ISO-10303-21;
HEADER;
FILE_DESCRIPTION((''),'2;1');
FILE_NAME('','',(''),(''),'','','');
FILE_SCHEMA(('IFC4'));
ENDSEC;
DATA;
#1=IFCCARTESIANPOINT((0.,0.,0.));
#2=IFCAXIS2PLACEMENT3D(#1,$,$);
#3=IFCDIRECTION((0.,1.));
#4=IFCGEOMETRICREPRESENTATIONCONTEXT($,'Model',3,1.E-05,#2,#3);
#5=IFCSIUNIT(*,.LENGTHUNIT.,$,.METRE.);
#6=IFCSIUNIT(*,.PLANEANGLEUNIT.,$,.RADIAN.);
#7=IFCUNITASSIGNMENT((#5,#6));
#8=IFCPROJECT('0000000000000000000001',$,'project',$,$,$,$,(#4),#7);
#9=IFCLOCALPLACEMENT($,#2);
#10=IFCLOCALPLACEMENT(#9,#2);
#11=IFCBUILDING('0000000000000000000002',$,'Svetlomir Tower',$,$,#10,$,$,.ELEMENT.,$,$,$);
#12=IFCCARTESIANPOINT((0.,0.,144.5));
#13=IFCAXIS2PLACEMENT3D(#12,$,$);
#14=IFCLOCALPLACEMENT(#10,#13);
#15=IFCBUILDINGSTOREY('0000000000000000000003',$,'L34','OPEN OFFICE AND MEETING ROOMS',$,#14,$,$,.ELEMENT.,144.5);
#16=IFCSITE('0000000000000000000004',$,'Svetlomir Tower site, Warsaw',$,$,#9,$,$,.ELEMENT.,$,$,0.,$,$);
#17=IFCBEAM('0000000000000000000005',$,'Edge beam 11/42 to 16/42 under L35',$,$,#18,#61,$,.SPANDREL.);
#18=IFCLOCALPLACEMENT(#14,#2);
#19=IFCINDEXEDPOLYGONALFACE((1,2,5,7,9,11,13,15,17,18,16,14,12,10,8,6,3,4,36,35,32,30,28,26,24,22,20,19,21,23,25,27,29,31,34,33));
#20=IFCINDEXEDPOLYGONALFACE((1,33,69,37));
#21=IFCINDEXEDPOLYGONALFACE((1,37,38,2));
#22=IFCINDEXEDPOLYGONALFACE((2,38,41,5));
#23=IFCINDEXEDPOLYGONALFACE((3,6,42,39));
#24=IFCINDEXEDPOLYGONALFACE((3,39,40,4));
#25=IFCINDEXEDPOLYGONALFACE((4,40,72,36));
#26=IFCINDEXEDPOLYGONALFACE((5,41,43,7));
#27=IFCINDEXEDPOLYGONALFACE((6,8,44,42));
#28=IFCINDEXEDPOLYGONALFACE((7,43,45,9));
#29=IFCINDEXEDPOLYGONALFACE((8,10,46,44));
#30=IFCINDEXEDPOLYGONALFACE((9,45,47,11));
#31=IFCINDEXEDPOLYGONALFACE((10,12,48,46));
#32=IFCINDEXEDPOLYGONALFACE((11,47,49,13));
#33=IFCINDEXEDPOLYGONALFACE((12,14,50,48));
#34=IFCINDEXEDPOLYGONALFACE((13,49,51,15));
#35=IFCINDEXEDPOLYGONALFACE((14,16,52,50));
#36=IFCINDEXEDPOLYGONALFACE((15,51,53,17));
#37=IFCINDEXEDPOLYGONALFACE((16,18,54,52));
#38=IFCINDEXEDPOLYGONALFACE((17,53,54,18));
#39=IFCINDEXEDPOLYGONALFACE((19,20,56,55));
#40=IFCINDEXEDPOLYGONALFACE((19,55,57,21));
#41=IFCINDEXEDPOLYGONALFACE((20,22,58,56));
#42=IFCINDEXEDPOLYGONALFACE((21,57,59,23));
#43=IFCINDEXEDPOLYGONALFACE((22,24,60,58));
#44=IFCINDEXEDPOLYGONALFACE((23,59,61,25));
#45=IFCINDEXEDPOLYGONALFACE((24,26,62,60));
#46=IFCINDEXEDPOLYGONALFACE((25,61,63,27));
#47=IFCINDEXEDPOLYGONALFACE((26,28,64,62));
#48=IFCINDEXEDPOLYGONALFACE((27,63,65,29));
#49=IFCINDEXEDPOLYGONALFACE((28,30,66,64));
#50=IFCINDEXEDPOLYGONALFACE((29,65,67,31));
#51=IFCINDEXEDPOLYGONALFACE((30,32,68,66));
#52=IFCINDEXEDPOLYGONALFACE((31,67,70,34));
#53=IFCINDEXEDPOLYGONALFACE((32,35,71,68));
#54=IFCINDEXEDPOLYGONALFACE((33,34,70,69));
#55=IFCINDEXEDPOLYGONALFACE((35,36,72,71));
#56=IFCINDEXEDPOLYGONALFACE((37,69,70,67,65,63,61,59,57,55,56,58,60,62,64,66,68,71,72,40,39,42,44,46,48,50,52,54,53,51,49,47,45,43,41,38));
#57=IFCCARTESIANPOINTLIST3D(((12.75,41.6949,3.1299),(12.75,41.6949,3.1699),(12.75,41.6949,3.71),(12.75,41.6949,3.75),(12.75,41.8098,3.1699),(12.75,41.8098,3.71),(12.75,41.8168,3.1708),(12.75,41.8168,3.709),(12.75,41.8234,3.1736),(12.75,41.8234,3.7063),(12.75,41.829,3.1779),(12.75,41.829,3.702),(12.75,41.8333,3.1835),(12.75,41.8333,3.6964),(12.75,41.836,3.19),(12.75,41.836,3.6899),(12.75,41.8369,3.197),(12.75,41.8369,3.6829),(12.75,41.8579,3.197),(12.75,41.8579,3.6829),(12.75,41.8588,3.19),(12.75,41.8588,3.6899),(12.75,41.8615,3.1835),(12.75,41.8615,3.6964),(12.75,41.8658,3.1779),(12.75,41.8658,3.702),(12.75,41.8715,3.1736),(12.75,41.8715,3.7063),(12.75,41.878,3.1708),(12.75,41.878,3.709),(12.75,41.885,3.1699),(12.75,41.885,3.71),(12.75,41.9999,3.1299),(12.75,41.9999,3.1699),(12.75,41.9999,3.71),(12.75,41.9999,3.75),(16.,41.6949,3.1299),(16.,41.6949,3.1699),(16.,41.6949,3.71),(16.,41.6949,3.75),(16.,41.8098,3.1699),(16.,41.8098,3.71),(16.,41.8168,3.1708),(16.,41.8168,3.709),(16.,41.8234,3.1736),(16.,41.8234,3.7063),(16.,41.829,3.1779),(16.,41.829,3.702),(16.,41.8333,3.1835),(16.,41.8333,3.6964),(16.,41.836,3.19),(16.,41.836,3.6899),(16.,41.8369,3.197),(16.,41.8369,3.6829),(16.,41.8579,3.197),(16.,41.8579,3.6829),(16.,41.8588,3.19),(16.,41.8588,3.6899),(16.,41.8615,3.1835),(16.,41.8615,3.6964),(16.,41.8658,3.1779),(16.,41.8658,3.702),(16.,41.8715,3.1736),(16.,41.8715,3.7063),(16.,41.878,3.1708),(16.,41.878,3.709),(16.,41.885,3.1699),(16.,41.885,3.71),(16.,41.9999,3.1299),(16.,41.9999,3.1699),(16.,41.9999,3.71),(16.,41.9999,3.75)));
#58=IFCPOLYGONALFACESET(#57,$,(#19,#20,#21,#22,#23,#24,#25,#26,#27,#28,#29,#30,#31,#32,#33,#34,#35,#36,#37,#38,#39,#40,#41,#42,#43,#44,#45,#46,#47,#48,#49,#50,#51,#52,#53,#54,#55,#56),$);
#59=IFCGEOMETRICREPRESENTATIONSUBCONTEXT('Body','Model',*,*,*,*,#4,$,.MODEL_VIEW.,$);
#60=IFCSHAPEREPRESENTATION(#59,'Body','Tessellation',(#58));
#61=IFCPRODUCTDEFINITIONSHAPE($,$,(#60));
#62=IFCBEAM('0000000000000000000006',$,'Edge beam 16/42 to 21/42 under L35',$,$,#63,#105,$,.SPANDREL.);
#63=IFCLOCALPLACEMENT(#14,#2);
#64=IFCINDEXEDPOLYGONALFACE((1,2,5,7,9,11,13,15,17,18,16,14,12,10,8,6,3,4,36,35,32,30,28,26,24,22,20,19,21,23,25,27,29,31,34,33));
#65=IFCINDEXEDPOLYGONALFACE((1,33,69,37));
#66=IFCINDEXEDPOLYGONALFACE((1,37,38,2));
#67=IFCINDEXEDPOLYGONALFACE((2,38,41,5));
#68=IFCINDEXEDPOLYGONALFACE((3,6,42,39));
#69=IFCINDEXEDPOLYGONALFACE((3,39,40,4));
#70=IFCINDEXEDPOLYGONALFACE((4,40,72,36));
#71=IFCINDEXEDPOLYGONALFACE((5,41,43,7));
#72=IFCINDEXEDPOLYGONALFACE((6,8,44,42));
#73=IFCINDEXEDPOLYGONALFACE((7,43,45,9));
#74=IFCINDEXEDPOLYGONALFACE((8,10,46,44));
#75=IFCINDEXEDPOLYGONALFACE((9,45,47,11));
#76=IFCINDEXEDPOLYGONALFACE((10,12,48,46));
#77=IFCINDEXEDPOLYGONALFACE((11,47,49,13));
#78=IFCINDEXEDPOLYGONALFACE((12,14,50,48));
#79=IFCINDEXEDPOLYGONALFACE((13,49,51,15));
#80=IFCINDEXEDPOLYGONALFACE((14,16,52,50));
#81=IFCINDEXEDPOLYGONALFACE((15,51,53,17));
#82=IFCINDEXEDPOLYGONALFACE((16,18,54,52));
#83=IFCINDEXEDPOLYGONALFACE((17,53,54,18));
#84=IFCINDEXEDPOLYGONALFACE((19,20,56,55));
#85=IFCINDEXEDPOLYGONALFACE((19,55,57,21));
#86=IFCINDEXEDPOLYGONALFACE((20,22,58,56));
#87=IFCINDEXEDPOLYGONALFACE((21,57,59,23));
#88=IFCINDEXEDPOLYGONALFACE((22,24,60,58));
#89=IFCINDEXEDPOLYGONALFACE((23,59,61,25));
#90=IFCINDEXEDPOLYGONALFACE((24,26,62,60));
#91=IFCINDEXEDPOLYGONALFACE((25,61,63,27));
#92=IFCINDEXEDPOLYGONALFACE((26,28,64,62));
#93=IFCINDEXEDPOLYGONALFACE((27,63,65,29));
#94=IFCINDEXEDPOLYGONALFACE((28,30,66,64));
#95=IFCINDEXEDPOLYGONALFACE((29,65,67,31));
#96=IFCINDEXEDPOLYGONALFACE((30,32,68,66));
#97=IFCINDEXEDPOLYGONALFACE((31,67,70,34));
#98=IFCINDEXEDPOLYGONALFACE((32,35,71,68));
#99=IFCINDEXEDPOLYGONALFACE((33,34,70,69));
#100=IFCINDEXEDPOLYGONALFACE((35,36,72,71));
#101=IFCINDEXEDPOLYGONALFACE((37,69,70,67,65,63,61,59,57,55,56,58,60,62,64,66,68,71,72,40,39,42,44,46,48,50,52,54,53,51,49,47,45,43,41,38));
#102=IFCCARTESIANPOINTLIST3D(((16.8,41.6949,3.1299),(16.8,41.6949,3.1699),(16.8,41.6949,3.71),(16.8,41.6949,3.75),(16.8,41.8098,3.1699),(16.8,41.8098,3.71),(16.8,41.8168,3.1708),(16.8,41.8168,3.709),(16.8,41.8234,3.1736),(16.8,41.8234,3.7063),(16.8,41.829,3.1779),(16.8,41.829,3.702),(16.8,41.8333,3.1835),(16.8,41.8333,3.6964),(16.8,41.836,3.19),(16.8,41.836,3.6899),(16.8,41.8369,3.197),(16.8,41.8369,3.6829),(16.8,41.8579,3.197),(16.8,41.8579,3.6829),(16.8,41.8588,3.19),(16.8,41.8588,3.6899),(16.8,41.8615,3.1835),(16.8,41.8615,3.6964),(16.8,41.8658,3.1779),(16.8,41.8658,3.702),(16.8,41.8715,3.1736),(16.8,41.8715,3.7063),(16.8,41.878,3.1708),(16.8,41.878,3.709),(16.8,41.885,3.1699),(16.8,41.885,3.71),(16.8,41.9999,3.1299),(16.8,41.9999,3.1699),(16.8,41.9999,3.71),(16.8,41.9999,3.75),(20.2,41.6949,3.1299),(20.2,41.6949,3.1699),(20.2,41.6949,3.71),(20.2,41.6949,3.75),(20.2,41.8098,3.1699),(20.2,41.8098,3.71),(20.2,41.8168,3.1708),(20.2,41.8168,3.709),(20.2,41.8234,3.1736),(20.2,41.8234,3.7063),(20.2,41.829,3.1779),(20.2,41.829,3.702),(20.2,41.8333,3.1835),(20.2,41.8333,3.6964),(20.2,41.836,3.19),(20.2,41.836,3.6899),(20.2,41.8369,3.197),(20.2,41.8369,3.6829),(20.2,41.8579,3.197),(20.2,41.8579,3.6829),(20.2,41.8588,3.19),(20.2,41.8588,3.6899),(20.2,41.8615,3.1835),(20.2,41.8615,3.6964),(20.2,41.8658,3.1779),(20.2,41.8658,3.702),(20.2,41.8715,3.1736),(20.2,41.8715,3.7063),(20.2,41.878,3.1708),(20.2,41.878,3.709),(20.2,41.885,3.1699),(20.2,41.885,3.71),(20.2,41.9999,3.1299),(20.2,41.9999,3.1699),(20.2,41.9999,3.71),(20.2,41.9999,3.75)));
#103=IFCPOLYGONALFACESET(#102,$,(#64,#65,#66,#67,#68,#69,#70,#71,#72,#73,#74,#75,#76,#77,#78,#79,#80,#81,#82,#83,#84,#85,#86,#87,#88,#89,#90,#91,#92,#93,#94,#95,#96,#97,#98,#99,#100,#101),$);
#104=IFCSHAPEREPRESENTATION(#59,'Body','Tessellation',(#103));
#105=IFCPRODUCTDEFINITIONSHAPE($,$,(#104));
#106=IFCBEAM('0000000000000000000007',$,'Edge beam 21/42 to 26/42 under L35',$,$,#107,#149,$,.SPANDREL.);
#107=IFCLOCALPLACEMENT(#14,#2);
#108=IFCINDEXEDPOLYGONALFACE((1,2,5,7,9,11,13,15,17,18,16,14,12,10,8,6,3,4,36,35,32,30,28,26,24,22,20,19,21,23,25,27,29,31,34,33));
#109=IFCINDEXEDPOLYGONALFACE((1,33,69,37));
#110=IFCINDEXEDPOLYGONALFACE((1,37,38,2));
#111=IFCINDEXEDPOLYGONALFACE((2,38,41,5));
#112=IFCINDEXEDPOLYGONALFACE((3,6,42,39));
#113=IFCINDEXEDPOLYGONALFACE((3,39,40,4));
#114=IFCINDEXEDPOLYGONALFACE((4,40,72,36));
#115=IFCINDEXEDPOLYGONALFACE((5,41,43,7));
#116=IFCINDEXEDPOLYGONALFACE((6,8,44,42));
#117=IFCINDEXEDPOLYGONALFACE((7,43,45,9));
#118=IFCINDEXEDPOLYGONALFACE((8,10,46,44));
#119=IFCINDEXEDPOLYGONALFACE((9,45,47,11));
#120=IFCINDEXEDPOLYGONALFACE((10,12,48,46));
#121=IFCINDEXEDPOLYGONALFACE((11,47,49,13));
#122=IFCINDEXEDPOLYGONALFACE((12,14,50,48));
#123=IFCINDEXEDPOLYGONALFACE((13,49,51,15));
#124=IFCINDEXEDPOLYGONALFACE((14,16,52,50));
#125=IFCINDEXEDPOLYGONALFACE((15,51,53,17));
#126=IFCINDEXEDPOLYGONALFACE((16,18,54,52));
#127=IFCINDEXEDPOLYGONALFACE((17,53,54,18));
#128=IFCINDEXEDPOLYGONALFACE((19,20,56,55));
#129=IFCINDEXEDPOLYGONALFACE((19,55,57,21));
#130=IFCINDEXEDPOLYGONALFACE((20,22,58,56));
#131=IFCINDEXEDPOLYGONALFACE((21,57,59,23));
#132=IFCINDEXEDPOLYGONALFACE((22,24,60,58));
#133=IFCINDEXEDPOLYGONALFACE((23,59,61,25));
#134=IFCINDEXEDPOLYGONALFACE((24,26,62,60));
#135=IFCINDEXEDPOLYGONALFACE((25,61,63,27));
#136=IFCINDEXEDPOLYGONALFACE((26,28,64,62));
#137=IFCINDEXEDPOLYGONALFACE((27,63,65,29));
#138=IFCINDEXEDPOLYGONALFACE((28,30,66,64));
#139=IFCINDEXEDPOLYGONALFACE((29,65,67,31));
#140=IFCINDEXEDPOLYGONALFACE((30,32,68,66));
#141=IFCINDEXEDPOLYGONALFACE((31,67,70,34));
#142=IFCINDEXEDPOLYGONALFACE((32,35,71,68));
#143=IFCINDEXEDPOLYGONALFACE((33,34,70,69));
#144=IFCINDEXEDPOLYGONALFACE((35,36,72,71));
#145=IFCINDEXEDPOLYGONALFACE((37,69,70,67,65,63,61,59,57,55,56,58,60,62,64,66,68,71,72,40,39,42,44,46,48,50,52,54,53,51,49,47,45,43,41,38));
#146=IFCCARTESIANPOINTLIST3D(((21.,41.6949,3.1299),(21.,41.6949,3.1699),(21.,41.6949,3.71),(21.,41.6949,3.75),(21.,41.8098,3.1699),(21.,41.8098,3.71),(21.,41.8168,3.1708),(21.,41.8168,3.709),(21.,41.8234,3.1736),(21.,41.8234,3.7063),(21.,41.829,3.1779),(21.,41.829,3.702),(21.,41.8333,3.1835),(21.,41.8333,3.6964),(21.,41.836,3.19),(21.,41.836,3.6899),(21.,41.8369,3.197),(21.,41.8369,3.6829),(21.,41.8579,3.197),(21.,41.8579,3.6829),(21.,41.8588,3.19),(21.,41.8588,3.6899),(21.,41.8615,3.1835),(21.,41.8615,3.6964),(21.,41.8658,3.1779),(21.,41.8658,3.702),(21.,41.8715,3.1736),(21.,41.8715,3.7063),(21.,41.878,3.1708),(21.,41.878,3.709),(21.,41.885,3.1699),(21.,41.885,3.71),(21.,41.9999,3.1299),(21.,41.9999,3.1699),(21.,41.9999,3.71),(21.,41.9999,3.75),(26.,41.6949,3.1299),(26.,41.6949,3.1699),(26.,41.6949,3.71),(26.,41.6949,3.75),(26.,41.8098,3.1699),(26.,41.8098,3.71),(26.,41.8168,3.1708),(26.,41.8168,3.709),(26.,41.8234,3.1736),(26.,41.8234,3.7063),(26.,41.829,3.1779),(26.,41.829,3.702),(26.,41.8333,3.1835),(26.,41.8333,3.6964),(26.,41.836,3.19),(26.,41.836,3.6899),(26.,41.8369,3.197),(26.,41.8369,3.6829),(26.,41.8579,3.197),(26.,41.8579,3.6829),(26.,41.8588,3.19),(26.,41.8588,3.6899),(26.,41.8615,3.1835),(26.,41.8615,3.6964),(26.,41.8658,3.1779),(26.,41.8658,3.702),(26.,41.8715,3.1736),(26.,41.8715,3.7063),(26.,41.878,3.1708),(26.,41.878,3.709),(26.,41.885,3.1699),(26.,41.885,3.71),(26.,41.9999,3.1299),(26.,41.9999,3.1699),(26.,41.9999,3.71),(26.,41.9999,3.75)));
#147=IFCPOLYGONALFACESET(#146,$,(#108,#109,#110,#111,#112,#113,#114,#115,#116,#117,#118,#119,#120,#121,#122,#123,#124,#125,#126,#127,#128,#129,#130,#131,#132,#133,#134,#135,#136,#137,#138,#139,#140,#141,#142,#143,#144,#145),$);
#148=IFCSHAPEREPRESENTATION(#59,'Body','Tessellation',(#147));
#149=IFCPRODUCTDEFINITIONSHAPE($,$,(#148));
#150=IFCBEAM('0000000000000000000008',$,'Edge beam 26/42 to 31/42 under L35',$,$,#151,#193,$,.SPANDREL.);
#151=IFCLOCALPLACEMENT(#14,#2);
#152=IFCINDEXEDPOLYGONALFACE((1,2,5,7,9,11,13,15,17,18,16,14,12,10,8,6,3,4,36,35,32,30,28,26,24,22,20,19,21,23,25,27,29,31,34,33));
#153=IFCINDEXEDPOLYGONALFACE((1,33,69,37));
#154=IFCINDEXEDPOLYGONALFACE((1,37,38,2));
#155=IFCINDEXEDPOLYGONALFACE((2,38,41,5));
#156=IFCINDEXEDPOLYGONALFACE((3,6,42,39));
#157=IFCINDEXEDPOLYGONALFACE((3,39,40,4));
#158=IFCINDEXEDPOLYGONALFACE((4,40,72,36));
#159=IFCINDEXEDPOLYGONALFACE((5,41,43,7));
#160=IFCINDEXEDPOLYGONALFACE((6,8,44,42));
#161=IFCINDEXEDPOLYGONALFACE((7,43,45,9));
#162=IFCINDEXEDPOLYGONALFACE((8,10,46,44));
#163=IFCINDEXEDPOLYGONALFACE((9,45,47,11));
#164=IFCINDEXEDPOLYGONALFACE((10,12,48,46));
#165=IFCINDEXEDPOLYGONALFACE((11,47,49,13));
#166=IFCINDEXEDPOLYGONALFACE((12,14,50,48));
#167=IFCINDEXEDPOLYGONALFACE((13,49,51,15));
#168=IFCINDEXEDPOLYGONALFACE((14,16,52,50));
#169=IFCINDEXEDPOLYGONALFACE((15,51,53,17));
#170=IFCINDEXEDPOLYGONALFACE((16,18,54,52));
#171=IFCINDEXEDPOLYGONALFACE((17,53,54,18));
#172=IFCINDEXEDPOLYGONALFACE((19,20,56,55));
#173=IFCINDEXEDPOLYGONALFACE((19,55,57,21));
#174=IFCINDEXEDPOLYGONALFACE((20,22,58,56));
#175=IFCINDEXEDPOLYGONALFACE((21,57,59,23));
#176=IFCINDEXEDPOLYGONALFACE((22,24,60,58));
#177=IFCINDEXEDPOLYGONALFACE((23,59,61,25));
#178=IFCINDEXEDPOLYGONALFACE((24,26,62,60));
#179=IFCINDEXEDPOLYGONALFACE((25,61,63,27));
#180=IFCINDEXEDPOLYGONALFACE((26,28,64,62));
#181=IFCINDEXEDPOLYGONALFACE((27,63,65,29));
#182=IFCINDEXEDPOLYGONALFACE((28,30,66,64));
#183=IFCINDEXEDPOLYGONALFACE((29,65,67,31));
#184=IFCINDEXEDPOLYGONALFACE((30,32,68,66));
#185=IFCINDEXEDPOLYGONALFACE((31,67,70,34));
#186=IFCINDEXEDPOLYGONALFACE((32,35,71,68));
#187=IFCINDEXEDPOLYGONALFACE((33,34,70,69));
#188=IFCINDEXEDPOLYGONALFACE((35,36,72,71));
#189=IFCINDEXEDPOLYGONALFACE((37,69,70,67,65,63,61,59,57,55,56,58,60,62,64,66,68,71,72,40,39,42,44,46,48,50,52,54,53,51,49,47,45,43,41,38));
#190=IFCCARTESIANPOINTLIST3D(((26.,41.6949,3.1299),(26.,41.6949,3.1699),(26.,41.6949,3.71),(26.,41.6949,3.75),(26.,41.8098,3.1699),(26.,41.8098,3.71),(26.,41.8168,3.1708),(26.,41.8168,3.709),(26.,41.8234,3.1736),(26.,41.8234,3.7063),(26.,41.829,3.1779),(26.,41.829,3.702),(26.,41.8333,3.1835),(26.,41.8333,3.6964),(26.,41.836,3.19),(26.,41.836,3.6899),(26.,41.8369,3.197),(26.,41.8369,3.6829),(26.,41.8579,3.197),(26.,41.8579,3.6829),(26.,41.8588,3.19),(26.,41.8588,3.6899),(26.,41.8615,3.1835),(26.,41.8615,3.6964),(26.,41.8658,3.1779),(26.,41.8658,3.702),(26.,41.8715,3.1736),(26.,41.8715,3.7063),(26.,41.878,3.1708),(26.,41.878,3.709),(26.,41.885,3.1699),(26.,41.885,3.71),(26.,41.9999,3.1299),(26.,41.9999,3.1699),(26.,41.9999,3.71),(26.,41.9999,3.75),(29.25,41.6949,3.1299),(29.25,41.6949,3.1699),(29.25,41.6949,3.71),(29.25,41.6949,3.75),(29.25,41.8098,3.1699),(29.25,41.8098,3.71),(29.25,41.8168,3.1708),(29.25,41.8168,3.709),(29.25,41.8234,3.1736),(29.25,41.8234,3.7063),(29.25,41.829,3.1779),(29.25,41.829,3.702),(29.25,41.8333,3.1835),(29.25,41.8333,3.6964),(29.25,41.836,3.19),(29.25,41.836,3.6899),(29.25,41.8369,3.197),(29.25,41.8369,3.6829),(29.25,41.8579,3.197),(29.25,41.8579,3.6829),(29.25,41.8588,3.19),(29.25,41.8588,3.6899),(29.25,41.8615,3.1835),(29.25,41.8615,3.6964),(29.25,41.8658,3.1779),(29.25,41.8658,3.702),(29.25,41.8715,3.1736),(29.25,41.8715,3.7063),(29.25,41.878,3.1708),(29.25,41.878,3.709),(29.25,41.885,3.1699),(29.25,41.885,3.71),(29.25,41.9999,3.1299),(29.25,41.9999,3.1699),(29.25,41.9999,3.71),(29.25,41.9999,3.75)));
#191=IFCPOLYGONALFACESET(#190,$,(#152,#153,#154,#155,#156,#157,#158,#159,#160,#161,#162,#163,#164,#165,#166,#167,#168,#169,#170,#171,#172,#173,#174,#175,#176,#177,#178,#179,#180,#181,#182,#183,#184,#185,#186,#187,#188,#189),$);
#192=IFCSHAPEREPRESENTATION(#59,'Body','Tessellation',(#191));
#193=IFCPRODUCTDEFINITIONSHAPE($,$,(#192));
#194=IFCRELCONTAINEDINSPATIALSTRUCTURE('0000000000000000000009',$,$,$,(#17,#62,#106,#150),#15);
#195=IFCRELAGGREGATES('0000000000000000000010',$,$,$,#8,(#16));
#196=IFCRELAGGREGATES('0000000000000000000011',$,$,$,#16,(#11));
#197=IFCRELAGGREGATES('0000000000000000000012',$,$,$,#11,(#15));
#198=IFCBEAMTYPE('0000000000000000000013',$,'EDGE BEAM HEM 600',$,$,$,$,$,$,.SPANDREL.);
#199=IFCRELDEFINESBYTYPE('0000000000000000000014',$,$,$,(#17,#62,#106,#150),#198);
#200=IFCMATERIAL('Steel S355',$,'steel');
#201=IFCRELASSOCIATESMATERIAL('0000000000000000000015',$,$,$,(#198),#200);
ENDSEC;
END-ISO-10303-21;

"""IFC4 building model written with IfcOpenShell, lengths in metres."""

from ifc_helpers import new_model, si_unit, direction, frame, origin, origin_2d, place, context, subcontext, project, spatial, i_section, extrude, material, material_profile, profile_set, type_object, element, save


model = new_model("IFC4")

# Units and contexts
model_context = context("Model", 3, precision=1e-05, world=origin(), true_north=direction((0.0, 1.0)))
body_context = subcontext(model_context, "Body", "Model", "MODEL_VIEW")
ifc_project = project(units=[si_unit("LENGTHUNIT", "METRE"), si_unit("PLANEANGLEUNIT", "RADIAN")], contexts=[model_context])

# Site, building, storey
site_placement = place(None, origin())
site = spatial("IfcSite", under=ifc_project, at=site_placement, Name="Svetlomir Tower site, Warsaw", CompositionType="ELEMENT", RefElevation=0.0)
building_placement = place(site_placement, origin())
building = spatial("IfcBuilding", under=site, at=building_placement, Name="Svetlomir Tower", CompositionType="ELEMENT")
storey_placement = place(building_placement, frame((0.0, 0.0, 144.5)))
storey = spatial("IfcBuildingStorey", under=building, at=storey_placement, Name="L34", Description="OPEN OFFICE AND MEETING ROOMS", CompositionType="ELEMENT", Elevation=144.5)

# Beams
ifc_material_1 = material(Name="Steel S355", Category="steel")
ifc_material_profile_1 = material_profile(ifc_material_1, i_section(OverallWidth=0.3049, OverallDepth=0.6201, WebThickness=0.021, FlangeThickness=0.04, FilletRadius=0.0271, at=origin_2d()), Name="HEM 600")
ifc_profile_set_1 = profile_set([ifc_material_profile_1], Name="Steel S355")
beam_type_1 = type_object("IfcBeamType", Name="EDGE BEAM HEM 600", PredefinedType="SPANDREL", material=ifc_profile_set_1)
beam_1_placement = place(storey_placement, frame((12.75, 41.8474, 3.4399), z_axis=(1.0, 0.0, 0.0), x_axis=(0.0, 1.0, 0.0)))
element("IfcBeam", 1, at=beam_1_placement, inside=storey, type_object=beam_type_1, Name="Edge beam 11/42 to 16/42 under L35", PredefinedType="SPANDREL", context=body_context, shape_type="SweptSolid", body=[
    extrude(i_section(OverallWidth=0.3049, OverallDepth=0.6201, WebThickness=0.021, FlangeThickness=0.04, FilletRadius=0.0271, at=origin_2d()), origin(), (0.0, 0.0, 1.0), 3.25),
])
beam_2_placement = place(storey_placement, frame((16.8, 41.8474, 3.4399), z_axis=(1.0, 0.0, 0.0), x_axis=(0.0, 1.0, 0.0)))
element("IfcBeam", 2, at=beam_2_placement, inside=storey, type_object=beam_type_1, Name="Edge beam 16/42 to 21/42 under L35", PredefinedType="SPANDREL", context=body_context, shape_type="SweptSolid", body=[
    extrude(i_section(OverallWidth=0.3049, OverallDepth=0.6201, WebThickness=0.021, FlangeThickness=0.04, FilletRadius=0.0271, at=origin_2d()), origin(), (0.0, 0.0, 1.0), 3.3999),
])
beam_3_placement = place(storey_placement, frame((21.0, 41.8474, 3.4399), z_axis=(1.0, 0.0, 0.0), x_axis=(0.0, 1.0, 0.0)))
element("IfcBeam", 3, at=beam_3_placement, inside=storey, type_object=beam_type_1, Name="Edge beam 21/42 to 26/42 under L35", PredefinedType="SPANDREL", context=body_context, shape_type="SweptSolid", body=[
    extrude(i_section(OverallWidth=0.3049, OverallDepth=0.6201, WebThickness=0.021, FlangeThickness=0.04, FilletRadius=0.0271, at=origin_2d()), origin(), (0.0, 0.0, 1.0), 5.0),
])
beam_4_placement = place(storey_placement, frame((26.0, 41.8474, 3.4399), z_axis=(1.0, 0.0, 0.0), x_axis=(0.0, 1.0, 0.0)))
element("IfcBeam", 4, at=beam_4_placement, inside=storey, type_object=beam_type_1, Name="Edge beam 26/42 to 31/42 under L35", PredefinedType="SPANDREL", context=body_context, shape_type="SweptSolid", body=[
    extrude(i_section(OverallWidth=0.3049, OverallDepth=0.6201, WebThickness=0.021, FlangeThickness=0.04, FilletRadius=0.0271, at=origin_2d()), origin(), (0.0, 0.0, 1.0), 3.25),
])

save(model, "model.ifc")
